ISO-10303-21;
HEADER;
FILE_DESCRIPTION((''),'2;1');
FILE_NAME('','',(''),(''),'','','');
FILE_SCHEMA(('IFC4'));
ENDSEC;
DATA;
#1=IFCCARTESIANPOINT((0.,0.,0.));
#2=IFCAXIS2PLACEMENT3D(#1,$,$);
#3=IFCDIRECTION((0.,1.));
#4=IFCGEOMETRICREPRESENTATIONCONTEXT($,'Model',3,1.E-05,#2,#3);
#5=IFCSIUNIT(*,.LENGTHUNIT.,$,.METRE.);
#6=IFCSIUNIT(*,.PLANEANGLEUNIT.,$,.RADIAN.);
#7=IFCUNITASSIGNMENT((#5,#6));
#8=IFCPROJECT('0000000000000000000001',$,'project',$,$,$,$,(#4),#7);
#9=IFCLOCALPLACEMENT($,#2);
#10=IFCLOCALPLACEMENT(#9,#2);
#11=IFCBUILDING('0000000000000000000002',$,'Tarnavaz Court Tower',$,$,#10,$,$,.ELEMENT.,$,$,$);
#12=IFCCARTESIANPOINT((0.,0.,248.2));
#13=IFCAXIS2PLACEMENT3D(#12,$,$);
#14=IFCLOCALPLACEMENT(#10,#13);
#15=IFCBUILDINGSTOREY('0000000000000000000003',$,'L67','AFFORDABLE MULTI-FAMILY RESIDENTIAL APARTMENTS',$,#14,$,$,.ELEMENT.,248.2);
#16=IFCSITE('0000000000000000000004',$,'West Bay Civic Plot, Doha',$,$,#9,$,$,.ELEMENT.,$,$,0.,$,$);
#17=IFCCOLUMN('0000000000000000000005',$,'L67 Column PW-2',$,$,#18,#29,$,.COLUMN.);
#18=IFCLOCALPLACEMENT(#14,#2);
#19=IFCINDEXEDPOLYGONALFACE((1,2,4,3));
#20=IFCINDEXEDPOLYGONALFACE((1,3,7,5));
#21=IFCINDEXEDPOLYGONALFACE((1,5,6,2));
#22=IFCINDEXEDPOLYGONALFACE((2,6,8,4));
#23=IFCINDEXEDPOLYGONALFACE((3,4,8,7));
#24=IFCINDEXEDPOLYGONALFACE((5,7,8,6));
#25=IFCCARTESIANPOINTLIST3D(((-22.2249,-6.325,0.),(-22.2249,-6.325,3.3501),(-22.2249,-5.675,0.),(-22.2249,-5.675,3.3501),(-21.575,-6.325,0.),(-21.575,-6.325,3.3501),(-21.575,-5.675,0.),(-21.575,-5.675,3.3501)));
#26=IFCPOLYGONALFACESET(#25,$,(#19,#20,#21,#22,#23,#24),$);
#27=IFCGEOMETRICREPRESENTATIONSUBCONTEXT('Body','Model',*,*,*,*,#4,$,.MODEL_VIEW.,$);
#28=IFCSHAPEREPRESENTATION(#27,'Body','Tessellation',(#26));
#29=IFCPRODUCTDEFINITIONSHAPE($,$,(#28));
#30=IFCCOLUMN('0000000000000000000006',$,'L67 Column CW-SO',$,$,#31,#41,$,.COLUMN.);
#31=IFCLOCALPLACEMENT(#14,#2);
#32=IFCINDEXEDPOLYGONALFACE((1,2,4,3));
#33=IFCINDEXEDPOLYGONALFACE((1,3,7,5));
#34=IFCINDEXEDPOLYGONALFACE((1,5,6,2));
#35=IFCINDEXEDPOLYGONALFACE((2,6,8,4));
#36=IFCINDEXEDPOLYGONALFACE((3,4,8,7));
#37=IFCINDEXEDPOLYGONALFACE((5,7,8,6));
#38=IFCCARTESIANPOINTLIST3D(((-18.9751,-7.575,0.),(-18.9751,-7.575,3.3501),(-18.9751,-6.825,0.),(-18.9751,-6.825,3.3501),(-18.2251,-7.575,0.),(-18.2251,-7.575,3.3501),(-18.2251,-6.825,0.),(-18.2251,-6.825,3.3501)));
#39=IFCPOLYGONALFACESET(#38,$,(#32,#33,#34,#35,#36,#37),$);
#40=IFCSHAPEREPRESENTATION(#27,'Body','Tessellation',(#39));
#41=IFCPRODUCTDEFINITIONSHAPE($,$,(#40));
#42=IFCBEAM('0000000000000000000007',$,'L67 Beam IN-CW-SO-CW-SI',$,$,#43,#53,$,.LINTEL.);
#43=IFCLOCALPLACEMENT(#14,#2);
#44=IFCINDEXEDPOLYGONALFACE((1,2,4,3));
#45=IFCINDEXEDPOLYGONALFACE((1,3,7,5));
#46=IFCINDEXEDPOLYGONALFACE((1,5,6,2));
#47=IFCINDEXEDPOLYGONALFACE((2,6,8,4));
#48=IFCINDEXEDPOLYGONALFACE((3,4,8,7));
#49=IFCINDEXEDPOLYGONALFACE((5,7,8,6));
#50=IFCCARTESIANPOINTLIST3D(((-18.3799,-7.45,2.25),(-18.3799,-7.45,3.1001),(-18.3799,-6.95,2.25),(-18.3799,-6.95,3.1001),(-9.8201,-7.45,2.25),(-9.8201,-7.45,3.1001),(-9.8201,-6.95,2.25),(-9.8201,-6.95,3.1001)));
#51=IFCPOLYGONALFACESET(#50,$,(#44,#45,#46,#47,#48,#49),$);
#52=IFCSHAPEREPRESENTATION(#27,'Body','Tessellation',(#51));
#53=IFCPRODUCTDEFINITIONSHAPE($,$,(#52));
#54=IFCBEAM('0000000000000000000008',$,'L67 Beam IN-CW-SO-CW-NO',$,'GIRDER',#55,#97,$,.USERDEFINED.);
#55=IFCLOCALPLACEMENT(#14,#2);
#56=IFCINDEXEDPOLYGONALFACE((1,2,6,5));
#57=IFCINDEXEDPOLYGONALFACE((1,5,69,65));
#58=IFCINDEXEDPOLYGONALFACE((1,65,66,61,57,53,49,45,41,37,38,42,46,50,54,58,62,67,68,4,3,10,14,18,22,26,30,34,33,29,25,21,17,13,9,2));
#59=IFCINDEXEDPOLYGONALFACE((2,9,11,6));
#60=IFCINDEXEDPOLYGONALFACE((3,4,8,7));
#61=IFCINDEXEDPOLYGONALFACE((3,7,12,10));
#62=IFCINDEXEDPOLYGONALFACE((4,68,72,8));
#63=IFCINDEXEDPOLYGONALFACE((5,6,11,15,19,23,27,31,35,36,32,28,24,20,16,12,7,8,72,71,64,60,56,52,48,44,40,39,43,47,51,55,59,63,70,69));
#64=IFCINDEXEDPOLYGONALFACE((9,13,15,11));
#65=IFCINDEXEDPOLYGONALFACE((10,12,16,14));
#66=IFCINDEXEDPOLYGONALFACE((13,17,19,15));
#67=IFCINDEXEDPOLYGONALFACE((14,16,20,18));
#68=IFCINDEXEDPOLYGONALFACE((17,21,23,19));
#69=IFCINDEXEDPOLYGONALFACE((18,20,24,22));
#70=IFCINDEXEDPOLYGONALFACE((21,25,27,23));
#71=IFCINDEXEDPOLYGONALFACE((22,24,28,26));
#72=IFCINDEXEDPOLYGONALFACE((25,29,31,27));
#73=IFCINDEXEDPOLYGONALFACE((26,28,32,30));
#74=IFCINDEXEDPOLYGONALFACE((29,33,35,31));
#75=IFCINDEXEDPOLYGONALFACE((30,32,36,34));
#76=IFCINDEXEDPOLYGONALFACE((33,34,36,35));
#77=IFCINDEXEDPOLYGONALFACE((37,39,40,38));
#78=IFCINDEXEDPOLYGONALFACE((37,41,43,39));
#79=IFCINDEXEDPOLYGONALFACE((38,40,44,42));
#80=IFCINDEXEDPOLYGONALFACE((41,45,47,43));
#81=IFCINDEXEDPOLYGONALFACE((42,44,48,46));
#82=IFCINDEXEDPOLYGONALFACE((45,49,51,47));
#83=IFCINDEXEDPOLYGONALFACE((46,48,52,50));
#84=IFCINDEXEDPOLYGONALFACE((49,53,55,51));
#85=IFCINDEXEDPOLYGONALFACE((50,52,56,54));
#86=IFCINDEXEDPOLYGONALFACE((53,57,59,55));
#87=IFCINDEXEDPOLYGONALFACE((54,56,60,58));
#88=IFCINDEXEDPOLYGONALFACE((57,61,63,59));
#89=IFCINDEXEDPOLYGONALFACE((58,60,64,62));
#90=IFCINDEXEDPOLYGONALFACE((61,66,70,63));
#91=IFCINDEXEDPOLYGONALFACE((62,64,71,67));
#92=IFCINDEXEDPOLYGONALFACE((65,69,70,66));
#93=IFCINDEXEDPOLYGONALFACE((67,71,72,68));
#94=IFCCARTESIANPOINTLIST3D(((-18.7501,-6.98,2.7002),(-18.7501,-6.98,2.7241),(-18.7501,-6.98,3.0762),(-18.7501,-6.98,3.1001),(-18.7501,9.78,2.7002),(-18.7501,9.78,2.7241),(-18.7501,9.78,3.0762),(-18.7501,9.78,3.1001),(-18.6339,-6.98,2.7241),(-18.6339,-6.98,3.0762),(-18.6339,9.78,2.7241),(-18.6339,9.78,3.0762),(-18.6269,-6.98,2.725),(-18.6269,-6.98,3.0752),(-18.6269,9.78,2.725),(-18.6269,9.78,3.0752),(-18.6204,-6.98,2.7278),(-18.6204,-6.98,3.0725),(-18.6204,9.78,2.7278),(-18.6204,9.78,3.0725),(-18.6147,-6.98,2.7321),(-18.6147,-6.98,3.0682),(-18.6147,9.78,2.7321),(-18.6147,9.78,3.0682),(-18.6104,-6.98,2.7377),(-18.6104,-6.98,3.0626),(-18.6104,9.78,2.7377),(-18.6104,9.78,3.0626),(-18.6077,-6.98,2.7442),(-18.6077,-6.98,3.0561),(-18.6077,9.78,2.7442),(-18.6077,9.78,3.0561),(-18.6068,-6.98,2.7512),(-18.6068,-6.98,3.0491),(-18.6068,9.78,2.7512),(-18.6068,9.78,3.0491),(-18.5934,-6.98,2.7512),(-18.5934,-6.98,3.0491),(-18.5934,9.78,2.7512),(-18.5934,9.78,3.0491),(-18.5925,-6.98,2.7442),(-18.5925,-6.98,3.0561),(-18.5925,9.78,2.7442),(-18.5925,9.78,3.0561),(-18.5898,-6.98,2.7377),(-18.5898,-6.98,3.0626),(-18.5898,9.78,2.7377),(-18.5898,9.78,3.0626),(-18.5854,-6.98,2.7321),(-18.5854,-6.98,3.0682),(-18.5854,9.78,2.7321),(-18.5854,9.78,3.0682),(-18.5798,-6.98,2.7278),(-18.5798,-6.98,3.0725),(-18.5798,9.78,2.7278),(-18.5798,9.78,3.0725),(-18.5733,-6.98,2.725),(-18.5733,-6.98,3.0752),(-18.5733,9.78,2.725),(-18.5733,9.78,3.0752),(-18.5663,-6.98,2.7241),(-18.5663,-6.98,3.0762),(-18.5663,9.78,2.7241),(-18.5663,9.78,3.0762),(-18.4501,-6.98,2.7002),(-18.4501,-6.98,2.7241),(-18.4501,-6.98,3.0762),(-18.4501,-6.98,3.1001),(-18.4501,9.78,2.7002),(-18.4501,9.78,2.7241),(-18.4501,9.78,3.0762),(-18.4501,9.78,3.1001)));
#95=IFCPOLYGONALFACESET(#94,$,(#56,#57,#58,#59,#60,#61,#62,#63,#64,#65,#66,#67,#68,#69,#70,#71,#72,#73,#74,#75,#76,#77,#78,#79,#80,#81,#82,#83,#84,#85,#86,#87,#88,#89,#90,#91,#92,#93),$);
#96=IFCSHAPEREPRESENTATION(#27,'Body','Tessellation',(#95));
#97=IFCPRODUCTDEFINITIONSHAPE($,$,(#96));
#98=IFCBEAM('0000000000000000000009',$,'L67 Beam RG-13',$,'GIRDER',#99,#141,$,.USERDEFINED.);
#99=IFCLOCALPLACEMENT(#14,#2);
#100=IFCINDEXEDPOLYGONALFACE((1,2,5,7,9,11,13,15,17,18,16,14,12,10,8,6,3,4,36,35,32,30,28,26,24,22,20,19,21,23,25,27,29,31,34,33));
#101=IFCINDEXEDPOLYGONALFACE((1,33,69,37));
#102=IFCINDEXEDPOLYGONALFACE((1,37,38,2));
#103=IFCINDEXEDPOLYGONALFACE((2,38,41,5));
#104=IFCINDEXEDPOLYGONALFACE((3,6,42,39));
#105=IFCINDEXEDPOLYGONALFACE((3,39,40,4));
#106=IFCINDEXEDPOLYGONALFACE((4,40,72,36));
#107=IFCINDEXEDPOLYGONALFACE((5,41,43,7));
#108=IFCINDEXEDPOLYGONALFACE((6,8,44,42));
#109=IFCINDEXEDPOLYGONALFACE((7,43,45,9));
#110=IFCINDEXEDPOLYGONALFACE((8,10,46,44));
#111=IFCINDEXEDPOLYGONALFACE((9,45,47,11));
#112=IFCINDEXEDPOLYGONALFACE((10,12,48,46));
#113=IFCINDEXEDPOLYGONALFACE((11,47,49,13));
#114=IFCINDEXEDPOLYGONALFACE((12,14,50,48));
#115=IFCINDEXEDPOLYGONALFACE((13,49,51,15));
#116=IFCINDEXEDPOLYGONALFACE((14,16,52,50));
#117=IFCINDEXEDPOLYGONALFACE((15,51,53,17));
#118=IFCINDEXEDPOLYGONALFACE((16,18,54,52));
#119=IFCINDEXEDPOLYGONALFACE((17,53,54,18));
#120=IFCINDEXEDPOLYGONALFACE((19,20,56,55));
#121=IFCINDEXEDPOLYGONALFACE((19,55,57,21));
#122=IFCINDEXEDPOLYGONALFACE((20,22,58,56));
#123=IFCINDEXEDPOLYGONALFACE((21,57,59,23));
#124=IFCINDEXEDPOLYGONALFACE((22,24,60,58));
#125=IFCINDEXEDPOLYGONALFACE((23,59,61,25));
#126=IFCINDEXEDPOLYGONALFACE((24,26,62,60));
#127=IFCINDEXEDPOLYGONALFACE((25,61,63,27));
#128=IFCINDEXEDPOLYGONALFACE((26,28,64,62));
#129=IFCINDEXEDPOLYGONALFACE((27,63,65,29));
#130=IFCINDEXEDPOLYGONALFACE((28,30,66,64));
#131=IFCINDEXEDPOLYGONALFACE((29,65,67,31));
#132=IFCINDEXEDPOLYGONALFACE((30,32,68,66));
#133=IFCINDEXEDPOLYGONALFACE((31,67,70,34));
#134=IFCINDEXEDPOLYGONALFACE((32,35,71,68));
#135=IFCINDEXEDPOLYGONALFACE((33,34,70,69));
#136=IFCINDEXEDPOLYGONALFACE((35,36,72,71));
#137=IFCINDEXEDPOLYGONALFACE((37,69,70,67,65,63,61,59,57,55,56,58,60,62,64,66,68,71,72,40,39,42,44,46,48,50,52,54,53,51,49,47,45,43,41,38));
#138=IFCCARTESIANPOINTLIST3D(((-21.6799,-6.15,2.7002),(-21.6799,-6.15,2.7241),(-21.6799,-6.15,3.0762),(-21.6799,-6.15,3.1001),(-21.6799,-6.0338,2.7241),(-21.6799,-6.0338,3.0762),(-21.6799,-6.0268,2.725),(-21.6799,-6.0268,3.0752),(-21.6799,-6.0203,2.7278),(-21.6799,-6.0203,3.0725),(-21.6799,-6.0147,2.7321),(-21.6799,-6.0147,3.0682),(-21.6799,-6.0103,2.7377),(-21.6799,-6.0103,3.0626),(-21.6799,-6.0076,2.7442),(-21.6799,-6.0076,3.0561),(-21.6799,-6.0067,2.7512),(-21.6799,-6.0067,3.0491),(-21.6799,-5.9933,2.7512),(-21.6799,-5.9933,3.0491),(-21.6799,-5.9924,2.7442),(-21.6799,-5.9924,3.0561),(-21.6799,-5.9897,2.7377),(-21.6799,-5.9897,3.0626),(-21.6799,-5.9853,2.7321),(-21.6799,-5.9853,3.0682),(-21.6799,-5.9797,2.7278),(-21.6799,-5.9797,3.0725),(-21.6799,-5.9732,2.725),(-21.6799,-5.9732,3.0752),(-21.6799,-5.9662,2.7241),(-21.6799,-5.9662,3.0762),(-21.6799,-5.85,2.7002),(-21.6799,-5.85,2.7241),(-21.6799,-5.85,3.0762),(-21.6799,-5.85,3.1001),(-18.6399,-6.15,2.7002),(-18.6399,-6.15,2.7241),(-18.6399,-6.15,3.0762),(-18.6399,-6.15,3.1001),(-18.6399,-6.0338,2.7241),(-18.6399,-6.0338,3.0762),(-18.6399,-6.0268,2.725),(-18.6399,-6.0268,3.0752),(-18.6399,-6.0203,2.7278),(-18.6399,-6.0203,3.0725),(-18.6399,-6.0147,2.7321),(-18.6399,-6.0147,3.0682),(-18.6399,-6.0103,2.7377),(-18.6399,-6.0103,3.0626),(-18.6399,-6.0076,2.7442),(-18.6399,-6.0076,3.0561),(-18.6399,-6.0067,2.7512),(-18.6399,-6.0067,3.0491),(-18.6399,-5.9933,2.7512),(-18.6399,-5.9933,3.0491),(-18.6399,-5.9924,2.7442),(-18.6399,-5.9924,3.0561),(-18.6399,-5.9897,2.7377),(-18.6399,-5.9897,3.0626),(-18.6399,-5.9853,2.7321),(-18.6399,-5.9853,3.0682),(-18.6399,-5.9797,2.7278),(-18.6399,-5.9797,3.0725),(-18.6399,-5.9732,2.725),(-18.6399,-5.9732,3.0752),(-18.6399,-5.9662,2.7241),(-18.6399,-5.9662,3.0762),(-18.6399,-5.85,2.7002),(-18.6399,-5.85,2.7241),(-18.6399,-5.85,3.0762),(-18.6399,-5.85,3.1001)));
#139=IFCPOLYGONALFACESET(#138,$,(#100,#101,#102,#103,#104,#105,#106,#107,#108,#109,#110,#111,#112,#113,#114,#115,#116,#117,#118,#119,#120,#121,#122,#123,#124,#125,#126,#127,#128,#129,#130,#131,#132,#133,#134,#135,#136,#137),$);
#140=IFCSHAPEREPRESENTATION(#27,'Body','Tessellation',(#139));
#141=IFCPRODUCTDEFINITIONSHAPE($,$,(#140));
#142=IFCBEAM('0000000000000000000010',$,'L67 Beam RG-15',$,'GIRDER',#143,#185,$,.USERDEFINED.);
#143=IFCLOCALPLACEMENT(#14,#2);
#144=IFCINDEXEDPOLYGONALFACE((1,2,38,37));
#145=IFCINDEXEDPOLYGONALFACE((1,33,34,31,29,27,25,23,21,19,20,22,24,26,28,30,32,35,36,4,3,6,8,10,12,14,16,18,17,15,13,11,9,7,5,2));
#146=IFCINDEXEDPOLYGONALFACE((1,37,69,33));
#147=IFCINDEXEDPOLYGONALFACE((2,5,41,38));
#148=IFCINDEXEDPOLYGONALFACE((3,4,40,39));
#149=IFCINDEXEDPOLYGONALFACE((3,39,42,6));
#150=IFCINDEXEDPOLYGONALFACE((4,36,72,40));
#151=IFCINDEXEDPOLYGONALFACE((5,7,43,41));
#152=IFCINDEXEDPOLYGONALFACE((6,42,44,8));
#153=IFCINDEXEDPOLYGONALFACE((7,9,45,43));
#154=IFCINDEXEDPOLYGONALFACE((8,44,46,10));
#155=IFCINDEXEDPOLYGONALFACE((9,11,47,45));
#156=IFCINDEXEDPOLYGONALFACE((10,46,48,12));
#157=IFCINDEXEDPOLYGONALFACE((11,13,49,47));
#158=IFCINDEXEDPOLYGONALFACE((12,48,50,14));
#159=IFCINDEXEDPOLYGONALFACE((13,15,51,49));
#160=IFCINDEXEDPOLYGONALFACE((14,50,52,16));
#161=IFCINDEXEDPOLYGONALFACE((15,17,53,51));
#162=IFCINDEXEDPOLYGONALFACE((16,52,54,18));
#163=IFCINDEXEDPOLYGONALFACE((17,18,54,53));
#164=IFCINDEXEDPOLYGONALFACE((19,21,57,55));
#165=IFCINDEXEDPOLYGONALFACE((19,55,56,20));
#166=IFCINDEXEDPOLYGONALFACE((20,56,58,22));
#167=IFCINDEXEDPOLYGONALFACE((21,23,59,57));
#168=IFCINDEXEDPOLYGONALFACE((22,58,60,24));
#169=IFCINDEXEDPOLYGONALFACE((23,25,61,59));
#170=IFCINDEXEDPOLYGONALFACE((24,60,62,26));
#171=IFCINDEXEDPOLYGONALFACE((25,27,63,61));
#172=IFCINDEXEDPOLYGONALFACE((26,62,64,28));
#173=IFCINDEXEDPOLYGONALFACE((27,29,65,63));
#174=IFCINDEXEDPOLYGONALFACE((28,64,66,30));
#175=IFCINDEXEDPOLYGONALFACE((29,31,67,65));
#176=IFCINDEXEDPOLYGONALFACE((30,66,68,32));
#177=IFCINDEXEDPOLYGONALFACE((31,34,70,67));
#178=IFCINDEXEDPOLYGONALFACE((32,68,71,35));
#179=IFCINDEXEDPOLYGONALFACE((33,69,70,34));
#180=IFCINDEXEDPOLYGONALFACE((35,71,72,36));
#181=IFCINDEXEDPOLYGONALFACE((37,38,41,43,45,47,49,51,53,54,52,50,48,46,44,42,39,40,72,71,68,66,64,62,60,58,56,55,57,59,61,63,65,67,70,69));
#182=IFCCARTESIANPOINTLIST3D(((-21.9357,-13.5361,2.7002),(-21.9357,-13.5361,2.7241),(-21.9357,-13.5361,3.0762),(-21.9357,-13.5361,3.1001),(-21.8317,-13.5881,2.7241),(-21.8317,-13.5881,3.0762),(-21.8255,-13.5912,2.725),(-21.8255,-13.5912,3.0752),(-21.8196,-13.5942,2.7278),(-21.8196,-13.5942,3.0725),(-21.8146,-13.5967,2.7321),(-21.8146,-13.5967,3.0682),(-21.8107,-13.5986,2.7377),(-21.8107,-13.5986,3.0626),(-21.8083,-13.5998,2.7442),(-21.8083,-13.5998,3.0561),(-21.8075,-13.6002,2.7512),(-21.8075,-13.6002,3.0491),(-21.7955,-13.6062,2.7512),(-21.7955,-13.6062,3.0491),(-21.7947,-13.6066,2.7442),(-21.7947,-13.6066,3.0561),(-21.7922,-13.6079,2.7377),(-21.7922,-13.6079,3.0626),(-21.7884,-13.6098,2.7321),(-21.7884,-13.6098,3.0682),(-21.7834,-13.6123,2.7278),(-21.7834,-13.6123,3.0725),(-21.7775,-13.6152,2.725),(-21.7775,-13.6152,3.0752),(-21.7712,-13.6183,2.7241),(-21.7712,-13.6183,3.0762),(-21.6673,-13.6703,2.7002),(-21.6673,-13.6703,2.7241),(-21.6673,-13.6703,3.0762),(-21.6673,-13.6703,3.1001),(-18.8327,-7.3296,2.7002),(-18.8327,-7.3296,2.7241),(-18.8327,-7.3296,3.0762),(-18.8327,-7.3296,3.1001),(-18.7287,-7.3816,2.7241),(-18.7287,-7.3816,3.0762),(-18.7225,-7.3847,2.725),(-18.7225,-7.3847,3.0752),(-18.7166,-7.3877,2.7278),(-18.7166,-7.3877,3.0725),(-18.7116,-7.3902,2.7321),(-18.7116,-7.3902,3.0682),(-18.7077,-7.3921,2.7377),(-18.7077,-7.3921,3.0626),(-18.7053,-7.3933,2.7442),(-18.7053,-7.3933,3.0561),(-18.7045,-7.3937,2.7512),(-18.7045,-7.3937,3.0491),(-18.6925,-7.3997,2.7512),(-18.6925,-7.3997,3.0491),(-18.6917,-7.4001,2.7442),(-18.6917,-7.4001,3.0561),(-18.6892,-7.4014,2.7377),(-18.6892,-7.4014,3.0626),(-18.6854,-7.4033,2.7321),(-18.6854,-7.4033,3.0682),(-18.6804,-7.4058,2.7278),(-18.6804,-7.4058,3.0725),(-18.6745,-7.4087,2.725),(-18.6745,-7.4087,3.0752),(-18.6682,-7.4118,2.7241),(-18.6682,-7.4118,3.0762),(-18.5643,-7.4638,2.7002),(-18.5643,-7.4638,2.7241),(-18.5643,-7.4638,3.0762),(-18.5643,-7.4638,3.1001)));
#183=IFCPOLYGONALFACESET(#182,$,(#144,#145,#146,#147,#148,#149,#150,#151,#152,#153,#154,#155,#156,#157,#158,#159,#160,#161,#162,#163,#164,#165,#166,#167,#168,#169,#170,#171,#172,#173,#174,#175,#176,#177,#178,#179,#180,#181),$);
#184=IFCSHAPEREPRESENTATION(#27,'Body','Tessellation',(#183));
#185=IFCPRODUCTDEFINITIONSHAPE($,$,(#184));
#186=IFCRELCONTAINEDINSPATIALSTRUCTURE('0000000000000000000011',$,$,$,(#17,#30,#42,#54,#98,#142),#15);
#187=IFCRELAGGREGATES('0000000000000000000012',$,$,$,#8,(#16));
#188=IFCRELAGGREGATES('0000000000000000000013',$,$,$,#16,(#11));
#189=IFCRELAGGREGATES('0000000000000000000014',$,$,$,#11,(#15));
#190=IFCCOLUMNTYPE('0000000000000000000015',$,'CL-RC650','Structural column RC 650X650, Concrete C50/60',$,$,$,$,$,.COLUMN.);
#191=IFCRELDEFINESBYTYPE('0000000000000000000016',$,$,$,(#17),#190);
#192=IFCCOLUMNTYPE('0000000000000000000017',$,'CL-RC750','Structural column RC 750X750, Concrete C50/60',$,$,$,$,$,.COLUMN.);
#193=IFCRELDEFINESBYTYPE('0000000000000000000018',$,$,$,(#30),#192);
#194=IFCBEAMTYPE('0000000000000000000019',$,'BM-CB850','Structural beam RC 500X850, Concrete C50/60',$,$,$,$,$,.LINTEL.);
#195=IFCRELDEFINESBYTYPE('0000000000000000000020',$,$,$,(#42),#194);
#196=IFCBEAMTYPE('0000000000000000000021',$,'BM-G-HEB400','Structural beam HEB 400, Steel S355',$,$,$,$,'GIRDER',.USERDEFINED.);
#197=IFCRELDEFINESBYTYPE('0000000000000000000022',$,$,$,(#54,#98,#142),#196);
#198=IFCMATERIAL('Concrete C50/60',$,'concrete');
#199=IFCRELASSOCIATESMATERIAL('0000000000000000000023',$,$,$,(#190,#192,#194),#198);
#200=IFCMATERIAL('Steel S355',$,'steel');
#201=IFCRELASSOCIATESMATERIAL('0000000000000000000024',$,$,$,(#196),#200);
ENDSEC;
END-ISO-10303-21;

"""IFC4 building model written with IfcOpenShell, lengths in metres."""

from ifc_helpers import new_model, si_unit, direction, frame, origin, origin_2d, place, context, subcontext, project, spatial, rectangle, i_section, extrude, material, material_profile, profile_set, type_object, element, save


model = new_model("IFC4")

# Units and contexts
model_context = context("Model", 3, precision=1e-05, world=origin(), true_north=direction((0.0, 1.0)))
body_context = subcontext(model_context, "Body", "Model", "MODEL_VIEW")
ifc_project = project(units=[si_unit("LENGTHUNIT", "METRE"), si_unit("PLANEANGLEUNIT", "RADIAN")], contexts=[model_context])

# Site, building, storey
site_placement = place(None, origin())
site = spatial("IfcSite", under=ifc_project, at=site_placement, Name="West Bay Civic Plot, Doha", CompositionType="ELEMENT", RefElevation=0.0)
building_placement = place(site_placement, origin())
building = spatial("IfcBuilding", under=site, at=building_placement, Name="Tarnavaz Court Tower", CompositionType="ELEMENT")
storey_placement = place(building_placement, frame((0.0, 0.0, 248.2)))
storey = spatial("IfcBuildingStorey", under=building, at=storey_placement, Name="L67", Description="AFFORDABLE MULTI-FAMILY RESIDENTIAL APARTMENTS", CompositionType="ELEMENT", Elevation=248.2)

# Columns
ifc_material_1 = material(Name="Concrete C50/60", Category="concrete")
ifc_material_profile_1 = material_profile(ifc_material_1, rectangle(XDim=0.6499, YDim=0.6499, at=origin_2d()), Name="RC 650X650")
ifc_profile_set_1 = profile_set([ifc_material_profile_1], Name="Concrete C50/60")
column_type_1 = type_object("IfcColumnType", Name="CL-RC650", Description="Structural column RC 650X650, Concrete C50/60", PredefinedType="COLUMN", material=ifc_profile_set_1)
column_1_placement = place(storey_placement, frame((-21.8999, -6.0, 0.0), z_axis=(0.0, 0.0, 1.0), x_axis=(1.0, 0.0, 0.0)))
element("IfcColumn", 1, at=column_1_placement, inside=storey, type_object=column_type_1, Name="L67 Column PW-2", PredefinedType="COLUMN", context=body_context, shape_type="SweptSolid", body=[
    extrude(rectangle(XDim=0.6499, YDim=0.6499, at=origin_2d()), origin(), (0.0, 0.0, 1.0), 3.3501),
])
ifc_material_profile_2 = material_profile(ifc_material_1, rectangle(XDim=0.75, YDim=0.75, at=origin_2d()), Name="RC 750X750")
ifc_profile_set_2 = profile_set([ifc_material_profile_2], Name="Concrete C50/60")
column_type_2 = type_object("IfcColumnType", Name="CL-RC750", Description="Structural column RC 750X750, Concrete C50/60", PredefinedType="COLUMN", material=ifc_profile_set_2)
column_2_placement = place(storey_placement, frame((-18.6001, -7.2, 0.0), z_axis=(0.0, 0.0, 1.0), x_axis=(1.0, 0.0, 0.0)))
element("IfcColumn", 2, at=column_2_placement, inside=storey, type_object=column_type_2, Name="L67 Column CW-SO", PredefinedType="COLUMN", context=body_context, shape_type="SweptSolid", body=[
    extrude(rectangle(XDim=0.75, YDim=0.75, at=origin_2d()), origin(), (0.0, 0.0, 1.0), 3.3501),
])

# Beams
ifc_material_profile_3 = material_profile(ifc_material_1, rectangle(XDim=0.5, YDim=0.8501, at=origin_2d()), Name="RC 500X850")
ifc_profile_set_3 = profile_set([ifc_material_profile_3], Name="Concrete C50/60")
beam_type_1 = type_object("IfcBeamType", Name="BM-CB850", Description="Structural beam RC 500X850, Concrete C50/60", PredefinedType="LINTEL", material=ifc_profile_set_3)
beam_1_placement = place(storey_placement, frame((-18.3799, -7.2, 2.675), z_axis=(1.0, 0.0, 0.0), x_axis=(0.0, 1.0, 0.0)))
element("IfcBeam", 3, at=beam_1_placement, inside=storey, type_object=beam_type_1, Name="L67 Beam IN-CW-SO-CW-SI", PredefinedType="LINTEL", context=body_context, shape_type="SweptSolid", body=[
    extrude(rectangle(XDim=0.5, YDim=0.8501, at=origin_2d()), origin(), (0.0, 0.0, 1.0), 8.5598),
])
ifc_material_2 = material(Name="Steel S355", Category="steel")
ifc_material_profile_4 = material_profile(ifc_material_2, i_section(OverallWidth=0.3, OverallDepth=0.3999, WebThickness=0.0134, FlangeThickness=0.0239, FilletRadius=0.0271, at=origin_2d()), Name="HEB 400")
ifc_profile_set_4 = profile_set([ifc_material_profile_4], Name="Steel S355")
beam_type_2 = type_object("IfcBeamType", Name="BM-G-HEB400", Description="Structural beam HEB 400, Steel S355", ElementType="GIRDER", PredefinedType="USERDEFINED", material=ifc_profile_set_4)
beam_2_placement = place(storey_placement, frame((-18.6001, -6.98, 2.9001), z_axis=(0.0, 1.0, 0.0), x_axis=(-1.0, 0.0, 0.0)))
element("IfcBeam", 4, at=beam_2_placement, inside=storey, type_object=beam_type_2, Name="L67 Beam IN-CW-SO-CW-NO", ObjectType="GIRDER", PredefinedType="USERDEFINED", context=body_context, shape_type="SweptSolid", body=[
    extrude(i_section(OverallWidth=0.3, OverallDepth=0.3999, WebThickness=0.0134, FlangeThickness=0.0239, FilletRadius=0.0271, at=origin_2d()), origin(), (0.0, 0.0, 1.0), 16.76),
])
beam_3_placement = place(storey_placement, frame((-18.6399, -6.0, 2.9001), z_axis=(-1.0, 0.0, 0.0), x_axis=(0.0, -1.0, 0.0)))
element("IfcBeam", 5, at=beam_3_placement, inside=storey, type_object=beam_type_2, Name="L67 Beam RG-13", ObjectType="GIRDER", PredefinedType="USERDEFINED", context=body_context, shape_type="SweptSolid", body=[
    extrude(i_section(OverallWidth=0.3, OverallDepth=0.3999, WebThickness=0.0134, FlangeThickness=0.0239, FilletRadius=0.0271, at=origin_2d()), origin(), (0.0, 0.0, 1.0), 3.04),
])
beam_4_placement = place(storey_placement, frame((-18.6985, -7.3967, 2.9001), z_axis=(-0.447185, -0.894441, 0.0), x_axis=(0.894441, -0.447185, 0.0)))
element("IfcBeam", 6, at=beam_4_placement, inside=storey, type_object=beam_type_2, Name="L67 Beam RG-15", ObjectType="GIRDER", PredefinedType="USERDEFINED", context=body_context, shape_type="SweptSolid", body=[
    extrude(i_section(OverallWidth=0.3, OverallDepth=0.3999, WebThickness=0.0134, FlangeThickness=0.0239, FilletRadius=0.0271, at=origin_2d()), origin(), (0.0, 0.0, 1.0), 6.939),
])

save(model, "model.ifc")
